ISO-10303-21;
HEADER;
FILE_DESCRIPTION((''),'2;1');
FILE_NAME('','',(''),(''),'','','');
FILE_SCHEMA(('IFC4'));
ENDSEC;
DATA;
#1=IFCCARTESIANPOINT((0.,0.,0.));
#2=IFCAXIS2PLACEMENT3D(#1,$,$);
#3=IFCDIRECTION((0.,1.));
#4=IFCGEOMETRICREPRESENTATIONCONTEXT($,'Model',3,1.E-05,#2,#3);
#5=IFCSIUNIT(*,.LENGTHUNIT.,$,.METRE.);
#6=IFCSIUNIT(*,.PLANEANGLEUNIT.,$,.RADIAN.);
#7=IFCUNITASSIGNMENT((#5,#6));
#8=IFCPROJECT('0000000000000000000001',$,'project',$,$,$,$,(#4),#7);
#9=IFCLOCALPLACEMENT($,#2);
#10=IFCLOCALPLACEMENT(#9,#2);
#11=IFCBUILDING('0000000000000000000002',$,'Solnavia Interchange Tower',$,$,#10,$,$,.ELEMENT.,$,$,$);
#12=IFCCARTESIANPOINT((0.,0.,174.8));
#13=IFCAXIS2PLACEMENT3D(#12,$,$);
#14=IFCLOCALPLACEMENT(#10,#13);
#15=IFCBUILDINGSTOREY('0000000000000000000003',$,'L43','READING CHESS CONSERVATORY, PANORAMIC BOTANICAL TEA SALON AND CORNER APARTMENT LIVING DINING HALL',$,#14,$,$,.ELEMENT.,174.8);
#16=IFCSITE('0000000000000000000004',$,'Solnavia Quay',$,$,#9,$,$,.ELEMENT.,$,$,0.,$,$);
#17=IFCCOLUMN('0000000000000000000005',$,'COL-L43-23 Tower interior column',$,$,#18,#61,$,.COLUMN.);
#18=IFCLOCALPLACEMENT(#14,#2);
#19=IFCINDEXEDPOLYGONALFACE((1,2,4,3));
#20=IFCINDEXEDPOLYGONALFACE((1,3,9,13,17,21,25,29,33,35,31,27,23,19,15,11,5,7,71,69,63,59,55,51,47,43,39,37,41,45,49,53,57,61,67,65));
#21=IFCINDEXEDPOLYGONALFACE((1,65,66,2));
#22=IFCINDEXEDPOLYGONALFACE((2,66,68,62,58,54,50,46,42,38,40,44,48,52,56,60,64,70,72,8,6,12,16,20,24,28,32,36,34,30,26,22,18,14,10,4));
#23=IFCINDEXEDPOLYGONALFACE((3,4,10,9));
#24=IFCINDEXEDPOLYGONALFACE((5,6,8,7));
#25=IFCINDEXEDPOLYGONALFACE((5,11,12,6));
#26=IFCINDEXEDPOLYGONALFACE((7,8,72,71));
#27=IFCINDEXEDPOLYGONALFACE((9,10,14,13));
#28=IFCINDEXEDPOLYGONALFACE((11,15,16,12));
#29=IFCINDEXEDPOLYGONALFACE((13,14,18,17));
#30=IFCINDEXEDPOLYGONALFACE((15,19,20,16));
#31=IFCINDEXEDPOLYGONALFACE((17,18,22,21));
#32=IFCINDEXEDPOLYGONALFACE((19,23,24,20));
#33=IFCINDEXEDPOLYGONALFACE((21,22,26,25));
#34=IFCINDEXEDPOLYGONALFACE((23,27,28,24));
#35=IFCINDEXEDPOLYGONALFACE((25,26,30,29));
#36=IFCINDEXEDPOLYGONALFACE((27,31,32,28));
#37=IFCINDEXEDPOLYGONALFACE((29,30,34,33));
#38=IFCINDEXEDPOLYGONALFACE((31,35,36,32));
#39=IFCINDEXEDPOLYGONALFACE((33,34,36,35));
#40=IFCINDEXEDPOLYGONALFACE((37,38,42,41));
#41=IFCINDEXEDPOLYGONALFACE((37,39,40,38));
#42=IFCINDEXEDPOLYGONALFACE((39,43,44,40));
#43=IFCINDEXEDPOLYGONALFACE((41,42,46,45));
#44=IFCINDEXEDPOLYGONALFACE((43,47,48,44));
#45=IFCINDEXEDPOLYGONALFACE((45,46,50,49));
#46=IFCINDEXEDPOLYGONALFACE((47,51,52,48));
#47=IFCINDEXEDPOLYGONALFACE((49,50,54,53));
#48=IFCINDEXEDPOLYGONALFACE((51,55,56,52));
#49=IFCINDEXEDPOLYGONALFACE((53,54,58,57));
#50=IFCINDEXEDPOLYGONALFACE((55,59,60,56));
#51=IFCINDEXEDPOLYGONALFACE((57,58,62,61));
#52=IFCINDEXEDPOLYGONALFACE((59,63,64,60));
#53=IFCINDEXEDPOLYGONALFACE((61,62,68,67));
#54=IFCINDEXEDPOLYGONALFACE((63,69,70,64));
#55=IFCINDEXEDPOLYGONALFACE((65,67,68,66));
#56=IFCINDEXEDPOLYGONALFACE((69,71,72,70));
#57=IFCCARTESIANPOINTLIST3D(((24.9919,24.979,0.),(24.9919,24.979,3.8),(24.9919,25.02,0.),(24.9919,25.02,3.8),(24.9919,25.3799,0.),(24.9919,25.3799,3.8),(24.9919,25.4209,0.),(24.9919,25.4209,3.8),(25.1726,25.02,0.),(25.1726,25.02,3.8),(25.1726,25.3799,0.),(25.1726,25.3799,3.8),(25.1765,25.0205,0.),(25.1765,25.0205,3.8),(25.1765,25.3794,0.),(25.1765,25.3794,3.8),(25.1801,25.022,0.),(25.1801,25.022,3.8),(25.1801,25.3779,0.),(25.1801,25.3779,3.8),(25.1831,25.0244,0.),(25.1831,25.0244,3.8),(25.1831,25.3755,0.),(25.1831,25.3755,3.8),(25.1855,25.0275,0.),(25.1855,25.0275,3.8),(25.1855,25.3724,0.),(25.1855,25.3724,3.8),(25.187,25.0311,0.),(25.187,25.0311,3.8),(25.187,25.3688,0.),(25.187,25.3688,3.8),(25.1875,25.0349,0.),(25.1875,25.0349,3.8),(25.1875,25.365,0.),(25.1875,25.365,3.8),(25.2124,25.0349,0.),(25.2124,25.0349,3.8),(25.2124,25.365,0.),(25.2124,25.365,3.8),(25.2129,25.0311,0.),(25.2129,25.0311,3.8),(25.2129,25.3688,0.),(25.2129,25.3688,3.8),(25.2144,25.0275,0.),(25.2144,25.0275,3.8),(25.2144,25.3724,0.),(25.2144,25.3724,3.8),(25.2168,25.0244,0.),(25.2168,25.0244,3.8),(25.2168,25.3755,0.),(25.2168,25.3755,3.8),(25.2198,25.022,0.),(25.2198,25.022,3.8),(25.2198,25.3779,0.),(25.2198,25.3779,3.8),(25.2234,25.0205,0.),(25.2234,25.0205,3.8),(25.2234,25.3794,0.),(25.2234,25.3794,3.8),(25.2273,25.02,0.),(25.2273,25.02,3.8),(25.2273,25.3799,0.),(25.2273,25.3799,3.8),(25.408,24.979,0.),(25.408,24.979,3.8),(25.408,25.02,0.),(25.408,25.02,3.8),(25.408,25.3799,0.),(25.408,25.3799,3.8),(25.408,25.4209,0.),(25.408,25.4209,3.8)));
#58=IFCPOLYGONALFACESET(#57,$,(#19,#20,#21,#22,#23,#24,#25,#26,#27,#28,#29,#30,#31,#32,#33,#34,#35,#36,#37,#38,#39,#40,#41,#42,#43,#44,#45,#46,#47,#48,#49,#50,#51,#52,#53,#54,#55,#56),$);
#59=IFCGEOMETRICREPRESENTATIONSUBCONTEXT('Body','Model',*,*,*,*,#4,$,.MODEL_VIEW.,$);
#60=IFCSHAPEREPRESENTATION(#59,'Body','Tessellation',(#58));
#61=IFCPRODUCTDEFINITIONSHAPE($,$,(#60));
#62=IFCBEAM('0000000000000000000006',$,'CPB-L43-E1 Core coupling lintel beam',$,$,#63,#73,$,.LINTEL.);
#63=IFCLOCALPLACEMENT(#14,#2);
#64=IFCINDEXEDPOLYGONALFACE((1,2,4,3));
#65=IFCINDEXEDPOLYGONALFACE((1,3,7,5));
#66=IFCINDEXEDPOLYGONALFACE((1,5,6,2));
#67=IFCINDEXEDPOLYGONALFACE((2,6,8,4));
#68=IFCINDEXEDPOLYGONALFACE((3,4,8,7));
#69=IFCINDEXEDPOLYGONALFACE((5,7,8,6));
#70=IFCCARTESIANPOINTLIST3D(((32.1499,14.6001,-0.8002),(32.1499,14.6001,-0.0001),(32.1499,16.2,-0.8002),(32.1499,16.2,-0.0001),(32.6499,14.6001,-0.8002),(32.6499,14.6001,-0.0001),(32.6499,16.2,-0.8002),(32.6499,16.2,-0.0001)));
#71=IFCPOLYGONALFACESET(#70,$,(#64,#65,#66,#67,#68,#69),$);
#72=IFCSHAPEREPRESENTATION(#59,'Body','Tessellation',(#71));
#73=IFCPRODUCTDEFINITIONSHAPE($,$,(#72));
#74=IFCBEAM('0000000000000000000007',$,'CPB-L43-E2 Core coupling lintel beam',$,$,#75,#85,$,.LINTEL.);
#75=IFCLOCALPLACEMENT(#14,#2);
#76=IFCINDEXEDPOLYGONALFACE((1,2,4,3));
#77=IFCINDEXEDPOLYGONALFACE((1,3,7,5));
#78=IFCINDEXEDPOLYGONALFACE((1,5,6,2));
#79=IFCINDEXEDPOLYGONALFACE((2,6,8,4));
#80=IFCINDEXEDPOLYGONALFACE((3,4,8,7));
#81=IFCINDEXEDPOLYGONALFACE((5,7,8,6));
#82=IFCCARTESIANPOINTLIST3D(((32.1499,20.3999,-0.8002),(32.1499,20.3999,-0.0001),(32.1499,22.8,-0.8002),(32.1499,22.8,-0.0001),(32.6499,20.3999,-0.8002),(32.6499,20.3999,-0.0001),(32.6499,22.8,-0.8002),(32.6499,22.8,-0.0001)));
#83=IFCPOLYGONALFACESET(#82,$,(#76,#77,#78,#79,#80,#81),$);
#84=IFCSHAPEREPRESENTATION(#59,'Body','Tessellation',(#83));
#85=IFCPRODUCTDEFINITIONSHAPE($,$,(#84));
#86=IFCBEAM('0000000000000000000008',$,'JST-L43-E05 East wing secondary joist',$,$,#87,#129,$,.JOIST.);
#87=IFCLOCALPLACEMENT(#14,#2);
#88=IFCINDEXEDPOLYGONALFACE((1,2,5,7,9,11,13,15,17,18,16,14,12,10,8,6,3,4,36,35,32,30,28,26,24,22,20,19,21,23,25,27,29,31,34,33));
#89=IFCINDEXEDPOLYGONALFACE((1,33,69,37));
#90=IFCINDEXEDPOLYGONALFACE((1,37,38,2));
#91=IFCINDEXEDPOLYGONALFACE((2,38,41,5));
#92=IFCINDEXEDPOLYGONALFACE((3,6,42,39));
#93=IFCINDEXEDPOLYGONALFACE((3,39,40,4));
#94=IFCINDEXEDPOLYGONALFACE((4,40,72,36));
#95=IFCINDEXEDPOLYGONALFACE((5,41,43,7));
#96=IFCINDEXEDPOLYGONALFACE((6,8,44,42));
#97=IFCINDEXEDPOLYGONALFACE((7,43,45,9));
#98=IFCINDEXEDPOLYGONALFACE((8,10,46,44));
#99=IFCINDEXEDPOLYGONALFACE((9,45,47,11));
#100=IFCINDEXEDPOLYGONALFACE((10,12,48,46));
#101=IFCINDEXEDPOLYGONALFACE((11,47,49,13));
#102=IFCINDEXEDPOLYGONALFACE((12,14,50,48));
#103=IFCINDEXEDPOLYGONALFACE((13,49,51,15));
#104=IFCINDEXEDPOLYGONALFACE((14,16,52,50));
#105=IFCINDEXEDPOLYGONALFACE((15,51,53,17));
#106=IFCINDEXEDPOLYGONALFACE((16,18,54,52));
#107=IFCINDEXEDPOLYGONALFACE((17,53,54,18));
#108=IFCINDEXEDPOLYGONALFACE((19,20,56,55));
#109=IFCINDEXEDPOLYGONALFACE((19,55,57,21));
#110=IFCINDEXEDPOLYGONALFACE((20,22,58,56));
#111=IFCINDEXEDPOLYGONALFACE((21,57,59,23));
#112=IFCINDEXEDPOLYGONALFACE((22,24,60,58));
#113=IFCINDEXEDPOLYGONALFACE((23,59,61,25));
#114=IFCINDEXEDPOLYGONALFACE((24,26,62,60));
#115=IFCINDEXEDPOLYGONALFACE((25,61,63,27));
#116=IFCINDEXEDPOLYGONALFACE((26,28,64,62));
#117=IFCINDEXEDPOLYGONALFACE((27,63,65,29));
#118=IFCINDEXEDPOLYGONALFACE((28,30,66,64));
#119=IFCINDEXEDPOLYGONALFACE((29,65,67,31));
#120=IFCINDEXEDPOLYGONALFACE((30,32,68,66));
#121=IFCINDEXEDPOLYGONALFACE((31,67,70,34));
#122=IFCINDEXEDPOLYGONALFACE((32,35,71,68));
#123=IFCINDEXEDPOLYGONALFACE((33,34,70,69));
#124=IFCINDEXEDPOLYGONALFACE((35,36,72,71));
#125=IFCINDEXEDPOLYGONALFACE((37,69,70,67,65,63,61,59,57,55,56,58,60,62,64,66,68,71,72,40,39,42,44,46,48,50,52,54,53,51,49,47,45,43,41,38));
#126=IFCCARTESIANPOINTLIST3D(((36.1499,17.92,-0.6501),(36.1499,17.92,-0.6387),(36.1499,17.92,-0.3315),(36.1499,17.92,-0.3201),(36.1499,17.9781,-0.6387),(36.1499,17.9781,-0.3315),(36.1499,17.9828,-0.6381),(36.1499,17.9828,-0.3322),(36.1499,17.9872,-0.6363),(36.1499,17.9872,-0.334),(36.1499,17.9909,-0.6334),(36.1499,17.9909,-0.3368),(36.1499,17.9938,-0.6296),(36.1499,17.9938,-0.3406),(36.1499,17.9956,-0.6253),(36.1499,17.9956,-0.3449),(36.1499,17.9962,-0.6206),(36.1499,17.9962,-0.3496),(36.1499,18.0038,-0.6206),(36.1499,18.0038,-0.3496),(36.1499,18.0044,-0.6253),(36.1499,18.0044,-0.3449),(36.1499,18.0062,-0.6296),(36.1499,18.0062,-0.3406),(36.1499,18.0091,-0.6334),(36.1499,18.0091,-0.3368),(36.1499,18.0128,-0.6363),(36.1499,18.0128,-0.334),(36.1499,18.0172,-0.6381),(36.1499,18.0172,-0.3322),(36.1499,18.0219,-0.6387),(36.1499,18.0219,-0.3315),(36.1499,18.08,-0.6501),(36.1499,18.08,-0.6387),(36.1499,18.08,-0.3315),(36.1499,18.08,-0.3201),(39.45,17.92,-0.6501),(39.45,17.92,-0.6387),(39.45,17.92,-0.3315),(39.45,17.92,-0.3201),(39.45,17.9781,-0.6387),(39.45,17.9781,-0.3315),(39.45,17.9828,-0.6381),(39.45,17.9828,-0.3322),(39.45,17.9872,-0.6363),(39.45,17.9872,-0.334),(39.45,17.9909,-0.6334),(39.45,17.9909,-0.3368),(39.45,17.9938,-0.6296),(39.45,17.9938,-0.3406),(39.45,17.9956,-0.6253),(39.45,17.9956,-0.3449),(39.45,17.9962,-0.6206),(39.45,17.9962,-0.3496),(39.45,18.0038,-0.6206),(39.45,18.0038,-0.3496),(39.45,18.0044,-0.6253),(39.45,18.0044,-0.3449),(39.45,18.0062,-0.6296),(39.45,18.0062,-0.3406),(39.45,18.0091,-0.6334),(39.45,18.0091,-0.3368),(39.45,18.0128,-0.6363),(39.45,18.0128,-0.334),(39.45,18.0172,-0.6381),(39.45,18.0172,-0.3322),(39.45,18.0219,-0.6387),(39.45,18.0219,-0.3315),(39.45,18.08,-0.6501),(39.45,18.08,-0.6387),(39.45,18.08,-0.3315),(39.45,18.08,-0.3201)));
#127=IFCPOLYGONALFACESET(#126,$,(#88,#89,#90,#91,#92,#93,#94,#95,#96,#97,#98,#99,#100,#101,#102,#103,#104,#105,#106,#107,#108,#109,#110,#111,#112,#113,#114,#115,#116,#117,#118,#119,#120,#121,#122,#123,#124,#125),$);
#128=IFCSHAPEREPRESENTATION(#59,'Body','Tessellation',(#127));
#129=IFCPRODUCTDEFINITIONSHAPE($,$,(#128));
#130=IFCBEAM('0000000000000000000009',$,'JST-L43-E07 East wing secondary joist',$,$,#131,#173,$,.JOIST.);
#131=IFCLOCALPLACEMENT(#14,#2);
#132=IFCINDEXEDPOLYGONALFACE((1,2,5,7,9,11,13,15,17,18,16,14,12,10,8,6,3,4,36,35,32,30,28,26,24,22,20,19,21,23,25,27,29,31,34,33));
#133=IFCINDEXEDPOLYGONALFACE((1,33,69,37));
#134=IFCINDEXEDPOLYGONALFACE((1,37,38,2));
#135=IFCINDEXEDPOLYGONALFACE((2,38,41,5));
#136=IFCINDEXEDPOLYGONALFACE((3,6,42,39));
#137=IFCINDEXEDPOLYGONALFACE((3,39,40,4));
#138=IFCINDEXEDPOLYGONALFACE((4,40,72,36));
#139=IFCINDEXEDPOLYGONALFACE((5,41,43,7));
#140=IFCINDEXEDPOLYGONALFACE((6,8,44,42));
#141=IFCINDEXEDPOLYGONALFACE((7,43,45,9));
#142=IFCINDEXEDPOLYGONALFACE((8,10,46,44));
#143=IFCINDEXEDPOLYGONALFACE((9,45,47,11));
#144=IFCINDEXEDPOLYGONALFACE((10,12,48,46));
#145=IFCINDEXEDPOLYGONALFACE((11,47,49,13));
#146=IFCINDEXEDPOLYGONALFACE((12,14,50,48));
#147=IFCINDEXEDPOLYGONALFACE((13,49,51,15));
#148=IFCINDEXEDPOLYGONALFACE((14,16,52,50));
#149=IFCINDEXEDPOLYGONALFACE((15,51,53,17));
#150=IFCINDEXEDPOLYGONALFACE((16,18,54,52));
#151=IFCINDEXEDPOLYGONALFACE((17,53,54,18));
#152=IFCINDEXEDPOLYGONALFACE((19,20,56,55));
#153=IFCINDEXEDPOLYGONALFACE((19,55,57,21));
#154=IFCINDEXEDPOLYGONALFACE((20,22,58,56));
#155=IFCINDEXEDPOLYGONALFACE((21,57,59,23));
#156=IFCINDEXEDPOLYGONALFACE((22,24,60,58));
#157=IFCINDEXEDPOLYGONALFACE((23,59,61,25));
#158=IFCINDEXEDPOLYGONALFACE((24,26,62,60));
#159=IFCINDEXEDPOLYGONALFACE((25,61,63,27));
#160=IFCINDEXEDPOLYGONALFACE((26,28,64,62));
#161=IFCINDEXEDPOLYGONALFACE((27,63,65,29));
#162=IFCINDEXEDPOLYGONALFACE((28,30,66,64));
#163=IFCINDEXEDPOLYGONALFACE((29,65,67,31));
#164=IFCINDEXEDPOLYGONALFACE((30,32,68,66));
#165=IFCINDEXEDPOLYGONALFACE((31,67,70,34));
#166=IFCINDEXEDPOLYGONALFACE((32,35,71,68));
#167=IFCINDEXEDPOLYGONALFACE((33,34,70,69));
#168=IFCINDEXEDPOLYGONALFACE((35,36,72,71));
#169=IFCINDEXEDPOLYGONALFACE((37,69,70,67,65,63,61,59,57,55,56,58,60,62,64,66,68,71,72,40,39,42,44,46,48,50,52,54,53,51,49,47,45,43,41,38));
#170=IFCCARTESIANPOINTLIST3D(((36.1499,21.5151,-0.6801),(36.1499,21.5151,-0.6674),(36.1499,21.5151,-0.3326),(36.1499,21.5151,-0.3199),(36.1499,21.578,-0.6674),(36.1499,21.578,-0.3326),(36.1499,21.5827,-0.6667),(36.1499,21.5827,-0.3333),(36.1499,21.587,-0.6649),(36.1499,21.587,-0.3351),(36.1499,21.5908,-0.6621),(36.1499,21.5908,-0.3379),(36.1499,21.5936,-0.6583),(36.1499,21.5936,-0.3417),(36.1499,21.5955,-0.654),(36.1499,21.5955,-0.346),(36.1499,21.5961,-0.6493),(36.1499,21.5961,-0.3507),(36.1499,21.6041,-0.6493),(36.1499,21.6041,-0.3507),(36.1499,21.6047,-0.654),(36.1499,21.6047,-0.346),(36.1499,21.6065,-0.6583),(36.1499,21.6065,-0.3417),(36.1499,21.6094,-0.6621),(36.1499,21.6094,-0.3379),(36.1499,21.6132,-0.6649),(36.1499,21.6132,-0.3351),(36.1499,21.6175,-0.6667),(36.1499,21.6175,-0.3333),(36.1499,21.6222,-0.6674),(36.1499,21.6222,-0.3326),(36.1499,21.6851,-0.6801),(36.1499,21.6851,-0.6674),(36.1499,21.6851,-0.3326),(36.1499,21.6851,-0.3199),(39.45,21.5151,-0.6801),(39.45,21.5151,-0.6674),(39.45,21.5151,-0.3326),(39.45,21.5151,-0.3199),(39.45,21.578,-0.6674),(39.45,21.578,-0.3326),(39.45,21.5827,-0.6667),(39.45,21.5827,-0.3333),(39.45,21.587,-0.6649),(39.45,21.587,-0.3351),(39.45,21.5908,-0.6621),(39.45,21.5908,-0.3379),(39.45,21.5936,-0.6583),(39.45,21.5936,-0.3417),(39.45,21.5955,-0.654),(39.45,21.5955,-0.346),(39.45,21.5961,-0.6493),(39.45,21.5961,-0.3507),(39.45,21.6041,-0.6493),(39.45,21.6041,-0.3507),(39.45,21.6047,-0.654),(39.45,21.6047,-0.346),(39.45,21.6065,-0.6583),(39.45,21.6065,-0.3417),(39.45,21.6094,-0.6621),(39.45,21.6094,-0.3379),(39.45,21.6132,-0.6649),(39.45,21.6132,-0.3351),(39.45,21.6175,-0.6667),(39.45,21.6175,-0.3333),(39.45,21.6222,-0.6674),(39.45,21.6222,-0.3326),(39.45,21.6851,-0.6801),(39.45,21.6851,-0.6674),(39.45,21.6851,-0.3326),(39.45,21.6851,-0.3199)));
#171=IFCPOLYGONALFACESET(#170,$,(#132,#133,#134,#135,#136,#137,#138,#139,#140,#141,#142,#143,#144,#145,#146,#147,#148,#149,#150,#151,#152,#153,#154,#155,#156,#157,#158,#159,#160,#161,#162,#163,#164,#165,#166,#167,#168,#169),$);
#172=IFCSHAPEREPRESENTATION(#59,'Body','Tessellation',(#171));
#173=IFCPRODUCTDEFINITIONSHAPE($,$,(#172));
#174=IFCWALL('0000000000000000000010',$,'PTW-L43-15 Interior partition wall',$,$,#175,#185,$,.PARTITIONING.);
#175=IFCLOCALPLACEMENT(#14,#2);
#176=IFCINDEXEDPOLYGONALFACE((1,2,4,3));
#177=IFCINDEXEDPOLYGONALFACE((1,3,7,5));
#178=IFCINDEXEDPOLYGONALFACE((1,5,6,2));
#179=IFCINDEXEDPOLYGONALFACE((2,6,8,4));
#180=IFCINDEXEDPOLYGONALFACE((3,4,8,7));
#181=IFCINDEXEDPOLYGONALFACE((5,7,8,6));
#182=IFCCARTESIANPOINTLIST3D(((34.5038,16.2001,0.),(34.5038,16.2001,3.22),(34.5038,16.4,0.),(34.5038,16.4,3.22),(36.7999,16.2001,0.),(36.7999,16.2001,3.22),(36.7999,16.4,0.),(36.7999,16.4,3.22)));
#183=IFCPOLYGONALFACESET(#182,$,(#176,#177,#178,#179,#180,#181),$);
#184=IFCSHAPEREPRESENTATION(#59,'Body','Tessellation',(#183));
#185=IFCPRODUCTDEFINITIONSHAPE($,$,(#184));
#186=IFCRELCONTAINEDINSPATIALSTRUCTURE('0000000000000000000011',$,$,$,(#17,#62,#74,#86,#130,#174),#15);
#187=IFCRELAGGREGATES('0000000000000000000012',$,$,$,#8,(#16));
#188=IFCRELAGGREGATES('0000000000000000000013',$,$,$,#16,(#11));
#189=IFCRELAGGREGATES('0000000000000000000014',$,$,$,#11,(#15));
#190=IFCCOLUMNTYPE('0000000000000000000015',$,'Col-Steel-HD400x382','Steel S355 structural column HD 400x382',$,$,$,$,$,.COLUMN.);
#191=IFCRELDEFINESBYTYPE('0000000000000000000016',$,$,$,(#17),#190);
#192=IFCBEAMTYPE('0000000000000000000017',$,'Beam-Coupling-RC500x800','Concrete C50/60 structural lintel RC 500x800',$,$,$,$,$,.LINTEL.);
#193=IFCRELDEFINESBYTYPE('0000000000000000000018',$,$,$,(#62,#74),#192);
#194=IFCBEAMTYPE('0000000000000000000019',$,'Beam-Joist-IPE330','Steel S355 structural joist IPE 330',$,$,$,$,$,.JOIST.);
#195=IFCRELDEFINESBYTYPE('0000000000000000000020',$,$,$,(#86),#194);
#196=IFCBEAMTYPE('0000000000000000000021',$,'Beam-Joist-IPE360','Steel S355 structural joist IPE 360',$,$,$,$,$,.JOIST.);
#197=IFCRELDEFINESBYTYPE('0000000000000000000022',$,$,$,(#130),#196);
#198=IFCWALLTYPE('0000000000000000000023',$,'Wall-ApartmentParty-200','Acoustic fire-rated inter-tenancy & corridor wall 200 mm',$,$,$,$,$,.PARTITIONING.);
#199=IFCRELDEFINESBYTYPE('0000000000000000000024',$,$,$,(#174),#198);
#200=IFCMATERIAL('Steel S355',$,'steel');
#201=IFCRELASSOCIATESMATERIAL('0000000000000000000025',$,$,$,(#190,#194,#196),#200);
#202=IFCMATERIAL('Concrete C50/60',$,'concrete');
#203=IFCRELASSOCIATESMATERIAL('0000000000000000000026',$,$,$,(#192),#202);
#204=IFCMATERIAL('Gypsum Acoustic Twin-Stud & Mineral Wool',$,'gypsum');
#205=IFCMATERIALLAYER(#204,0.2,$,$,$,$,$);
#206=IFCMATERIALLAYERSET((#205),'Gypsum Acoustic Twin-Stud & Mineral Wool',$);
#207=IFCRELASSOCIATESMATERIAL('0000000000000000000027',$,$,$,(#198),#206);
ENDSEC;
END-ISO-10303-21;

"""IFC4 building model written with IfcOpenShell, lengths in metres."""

from ifc_helpers import new_model, si_unit, direction, frame, frame_2d, origin, origin_2d, place, context, subcontext, project, spatial, rectangle, i_section, extrude, material, layer, layer_set, material_profile, profile_set, type_object, element, save


model = new_model("IFC4")

# Units and contexts
model_context = context("Model", 3, precision=1e-05, world=origin(), true_north=direction((0.0, 1.0)))
body_context = subcontext(model_context, "Body", "Model", "MODEL_VIEW")
ifc_project = project(units=[si_unit("LENGTHUNIT", "METRE"), si_unit("PLANEANGLEUNIT", "RADIAN")], contexts=[model_context])

# Site, building, storey
site_placement = place(None, origin())
site = spatial("IfcSite", under=ifc_project, at=site_placement, Name="Solnavia Quay", CompositionType="ELEMENT", RefElevation=0.0)
building_placement = place(site_placement, origin())
building = spatial("IfcBuilding", under=site, at=building_placement, Name="Solnavia Interchange Tower", CompositionType="ELEMENT")
storey_placement = place(building_placement, frame((0.0, 0.0, 174.8)))
storey = spatial("IfcBuildingStorey", under=building, at=storey_placement, Name="L43", Description="READING CHESS CONSERVATORY, PANORAMIC BOTANICAL TEA SALON AND CORNER APARTMENT LIVING DINING HALL", CompositionType="ELEMENT", Elevation=174.8)

# Column
ifc_material_1 = material(Name="Steel S355", Category="steel")
ifc_material_profile_1 = material_profile(ifc_material_1, i_section(OverallWidth=0.416, OverallDepth=0.4419, WebThickness=0.0249, FlangeThickness=0.041, FilletRadius=0.0149, at=origin_2d()), Name="HD 400x382")
ifc_profile_set_1 = profile_set([ifc_material_profile_1], Name="Steel S355")
column_type = type_object("IfcColumnType", Name="Col-Steel-HD400x382", Description="Steel S355 structural column HD 400x382", PredefinedType="COLUMN", material=ifc_profile_set_1)
column_placement = place(storey_placement, frame((25.2, 25.2, 0.0), z_axis=(0.0, 0.0, 1.0), x_axis=(1.0, 0.0, 0.0)))
element("IfcColumn", 1, at=column_placement, inside=storey, type_object=column_type, Name="COL-L43-23 Tower interior column", PredefinedType="COLUMN", context=body_context, shape_type="SweptSolid", body=[
    extrude(i_section(OverallWidth=0.416, OverallDepth=0.4419, WebThickness=0.0249, FlangeThickness=0.041, FilletRadius=0.0149, at=origin_2d()), origin(), (0.0, 0.0, 1.0), 3.8),
])

# Beams
ifc_material_2 = material(Name="Concrete C50/60", Category="concrete")
ifc_material_profile_2 = material_profile(ifc_material_2, rectangle(XDim=0.5, YDim=0.8, at=origin_2d()), Name="RC 500x800")
ifc_profile_set_2 = profile_set([ifc_material_profile_2], Name="Concrete C50/60")
beam_type_1 = type_object("IfcBeamType", Name="Beam-Coupling-RC500x800", Description="Concrete C50/60 structural lintel RC 500x800", PredefinedType="LINTEL", material=ifc_profile_set_2)
beam_1_placement = place(storey_placement, frame((32.3999, 14.6001, -0.4001), z_axis=(0.0, 1.0, 0.0), x_axis=(-1.0, 0.0, 0.0)))
element("IfcBeam", 2, at=beam_1_placement, inside=storey, type_object=beam_type_1, Name="CPB-L43-E1 Core coupling lintel beam", PredefinedType="LINTEL", context=body_context, shape_type="SweptSolid", body=[
    extrude(rectangle(XDim=0.5, YDim=0.8, at=origin_2d()), origin(), (0.0, 0.0, 1.0), 1.5999),
])
beam_2_placement = place(storey_placement, frame((32.3999, 20.3999, -0.4001), z_axis=(0.0, 1.0, 0.0), x_axis=(-1.0, 0.0, 0.0)))
element("IfcBeam", 3, at=beam_2_placement, inside=storey, type_object=beam_type_1, Name="CPB-L43-E2 Core coupling lintel beam", PredefinedType="LINTEL", context=body_context, shape_type="SweptSolid", body=[
    extrude(rectangle(XDim=0.5, YDim=0.8, at=origin_2d()), origin(), (0.0, 0.0, 1.0), 2.4001),
])
ifc_material_profile_3 = material_profile(ifc_material_1, i_section(OverallWidth=0.1599, OverallDepth=0.3301, WebThickness=0.0076, FlangeThickness=0.0115, FilletRadius=0.0181, at=origin_2d()), Name="IPE 330")
ifc_profile_set_3 = profile_set([ifc_material_profile_3], Name="Steel S355")
beam_type_2 = type_object("IfcBeamType", Name="Beam-Joist-IPE330", Description="Steel S355 structural joist IPE 330", PredefinedType="JOIST", material=ifc_profile_set_3)
beam_3_placement = place(storey_placement, frame((36.1499, 18.0, -0.4851), z_axis=(1.0, 0.0, 0.0), x_axis=(0.0, 1.0, 0.0)))
element("IfcBeam", 4, at=beam_3_placement, inside=storey, type_object=beam_type_2, Name="JST-L43-E05 East wing secondary joist", PredefinedType="JOIST", context=body_context, shape_type="SweptSolid", body=[
    extrude(i_section(OverallWidth=0.1599, OverallDepth=0.3301, WebThickness=0.0076, FlangeThickness=0.0115, FilletRadius=0.0181, at=origin_2d()), origin(), (0.0, 0.0, 1.0), 3.3),
])
ifc_material_profile_4 = material_profile(ifc_material_1, i_section(OverallWidth=0.1699, OverallDepth=0.3601, WebThickness=0.0081, FlangeThickness=0.0127, FilletRadius=0.0181, at=origin_2d()), Name="IPE 360")
ifc_profile_set_4 = profile_set([ifc_material_profile_4], Name="Steel S355")
beam_type_3 = type_object("IfcBeamType", Name="Beam-Joist-IPE360", Description="Steel S355 structural joist IPE 360", PredefinedType="JOIST", material=ifc_profile_set_4)
beam_4_placement = place(storey_placement, frame((36.1499, 21.6001, -0.5), z_axis=(1.0, 0.0, 0.0), x_axis=(0.0, 1.0, 0.0)))
element("IfcBeam", 5, at=beam_4_placement, inside=storey, type_object=beam_type_3, Name="JST-L43-E07 East wing secondary joist", PredefinedType="JOIST", context=body_context, shape_type="SweptSolid", body=[
    extrude(i_section(OverallWidth=0.1699, OverallDepth=0.3601, WebThickness=0.0081, FlangeThickness=0.0127, FilletRadius=0.0181, at=origin_2d()), origin(), (0.0, 0.0, 1.0), 3.3),
])

# Wall
ifc_material_3 = material(Name="Gypsum Acoustic Twin-Stud & Mineral Wool", Category="gypsum")
ifc_layer_1 = layer(ifc_material_3, 0.2)
ifc_layer_set_1 = layer_set([ifc_layer_1], Name="Gypsum Acoustic Twin-Stud & Mineral Wool")
wall_type_1 = type_object("IfcWallType", Name="Wall-ApartmentParty-200", Description="Acoustic fire-rated inter-tenancy & corridor wall 200 mm", PredefinedType="PARTITIONING", material=ifc_layer_set_1)
wall_1_placement = place(storey_placement, frame((34.5039, 16.3, 0.0), z_axis=(0.0, 0.0, 1.0), x_axis=(1.0, 0.0, 0.0)))
element("IfcWall", 6, at=wall_1_placement, inside=storey, type_object=wall_type_1, Name="PTW-L43-15 Interior partition wall", PredefinedType="PARTITIONING", context=body_context, shape_type="SweptSolid", body=[
    extrude(rectangle(XDim=2.2961, YDim=0.2, at=frame_2d((1.1479, 0.0))), origin(), (0.0, 0.0, 1.0), 3.22),
])

save(model, "model.ifc")
